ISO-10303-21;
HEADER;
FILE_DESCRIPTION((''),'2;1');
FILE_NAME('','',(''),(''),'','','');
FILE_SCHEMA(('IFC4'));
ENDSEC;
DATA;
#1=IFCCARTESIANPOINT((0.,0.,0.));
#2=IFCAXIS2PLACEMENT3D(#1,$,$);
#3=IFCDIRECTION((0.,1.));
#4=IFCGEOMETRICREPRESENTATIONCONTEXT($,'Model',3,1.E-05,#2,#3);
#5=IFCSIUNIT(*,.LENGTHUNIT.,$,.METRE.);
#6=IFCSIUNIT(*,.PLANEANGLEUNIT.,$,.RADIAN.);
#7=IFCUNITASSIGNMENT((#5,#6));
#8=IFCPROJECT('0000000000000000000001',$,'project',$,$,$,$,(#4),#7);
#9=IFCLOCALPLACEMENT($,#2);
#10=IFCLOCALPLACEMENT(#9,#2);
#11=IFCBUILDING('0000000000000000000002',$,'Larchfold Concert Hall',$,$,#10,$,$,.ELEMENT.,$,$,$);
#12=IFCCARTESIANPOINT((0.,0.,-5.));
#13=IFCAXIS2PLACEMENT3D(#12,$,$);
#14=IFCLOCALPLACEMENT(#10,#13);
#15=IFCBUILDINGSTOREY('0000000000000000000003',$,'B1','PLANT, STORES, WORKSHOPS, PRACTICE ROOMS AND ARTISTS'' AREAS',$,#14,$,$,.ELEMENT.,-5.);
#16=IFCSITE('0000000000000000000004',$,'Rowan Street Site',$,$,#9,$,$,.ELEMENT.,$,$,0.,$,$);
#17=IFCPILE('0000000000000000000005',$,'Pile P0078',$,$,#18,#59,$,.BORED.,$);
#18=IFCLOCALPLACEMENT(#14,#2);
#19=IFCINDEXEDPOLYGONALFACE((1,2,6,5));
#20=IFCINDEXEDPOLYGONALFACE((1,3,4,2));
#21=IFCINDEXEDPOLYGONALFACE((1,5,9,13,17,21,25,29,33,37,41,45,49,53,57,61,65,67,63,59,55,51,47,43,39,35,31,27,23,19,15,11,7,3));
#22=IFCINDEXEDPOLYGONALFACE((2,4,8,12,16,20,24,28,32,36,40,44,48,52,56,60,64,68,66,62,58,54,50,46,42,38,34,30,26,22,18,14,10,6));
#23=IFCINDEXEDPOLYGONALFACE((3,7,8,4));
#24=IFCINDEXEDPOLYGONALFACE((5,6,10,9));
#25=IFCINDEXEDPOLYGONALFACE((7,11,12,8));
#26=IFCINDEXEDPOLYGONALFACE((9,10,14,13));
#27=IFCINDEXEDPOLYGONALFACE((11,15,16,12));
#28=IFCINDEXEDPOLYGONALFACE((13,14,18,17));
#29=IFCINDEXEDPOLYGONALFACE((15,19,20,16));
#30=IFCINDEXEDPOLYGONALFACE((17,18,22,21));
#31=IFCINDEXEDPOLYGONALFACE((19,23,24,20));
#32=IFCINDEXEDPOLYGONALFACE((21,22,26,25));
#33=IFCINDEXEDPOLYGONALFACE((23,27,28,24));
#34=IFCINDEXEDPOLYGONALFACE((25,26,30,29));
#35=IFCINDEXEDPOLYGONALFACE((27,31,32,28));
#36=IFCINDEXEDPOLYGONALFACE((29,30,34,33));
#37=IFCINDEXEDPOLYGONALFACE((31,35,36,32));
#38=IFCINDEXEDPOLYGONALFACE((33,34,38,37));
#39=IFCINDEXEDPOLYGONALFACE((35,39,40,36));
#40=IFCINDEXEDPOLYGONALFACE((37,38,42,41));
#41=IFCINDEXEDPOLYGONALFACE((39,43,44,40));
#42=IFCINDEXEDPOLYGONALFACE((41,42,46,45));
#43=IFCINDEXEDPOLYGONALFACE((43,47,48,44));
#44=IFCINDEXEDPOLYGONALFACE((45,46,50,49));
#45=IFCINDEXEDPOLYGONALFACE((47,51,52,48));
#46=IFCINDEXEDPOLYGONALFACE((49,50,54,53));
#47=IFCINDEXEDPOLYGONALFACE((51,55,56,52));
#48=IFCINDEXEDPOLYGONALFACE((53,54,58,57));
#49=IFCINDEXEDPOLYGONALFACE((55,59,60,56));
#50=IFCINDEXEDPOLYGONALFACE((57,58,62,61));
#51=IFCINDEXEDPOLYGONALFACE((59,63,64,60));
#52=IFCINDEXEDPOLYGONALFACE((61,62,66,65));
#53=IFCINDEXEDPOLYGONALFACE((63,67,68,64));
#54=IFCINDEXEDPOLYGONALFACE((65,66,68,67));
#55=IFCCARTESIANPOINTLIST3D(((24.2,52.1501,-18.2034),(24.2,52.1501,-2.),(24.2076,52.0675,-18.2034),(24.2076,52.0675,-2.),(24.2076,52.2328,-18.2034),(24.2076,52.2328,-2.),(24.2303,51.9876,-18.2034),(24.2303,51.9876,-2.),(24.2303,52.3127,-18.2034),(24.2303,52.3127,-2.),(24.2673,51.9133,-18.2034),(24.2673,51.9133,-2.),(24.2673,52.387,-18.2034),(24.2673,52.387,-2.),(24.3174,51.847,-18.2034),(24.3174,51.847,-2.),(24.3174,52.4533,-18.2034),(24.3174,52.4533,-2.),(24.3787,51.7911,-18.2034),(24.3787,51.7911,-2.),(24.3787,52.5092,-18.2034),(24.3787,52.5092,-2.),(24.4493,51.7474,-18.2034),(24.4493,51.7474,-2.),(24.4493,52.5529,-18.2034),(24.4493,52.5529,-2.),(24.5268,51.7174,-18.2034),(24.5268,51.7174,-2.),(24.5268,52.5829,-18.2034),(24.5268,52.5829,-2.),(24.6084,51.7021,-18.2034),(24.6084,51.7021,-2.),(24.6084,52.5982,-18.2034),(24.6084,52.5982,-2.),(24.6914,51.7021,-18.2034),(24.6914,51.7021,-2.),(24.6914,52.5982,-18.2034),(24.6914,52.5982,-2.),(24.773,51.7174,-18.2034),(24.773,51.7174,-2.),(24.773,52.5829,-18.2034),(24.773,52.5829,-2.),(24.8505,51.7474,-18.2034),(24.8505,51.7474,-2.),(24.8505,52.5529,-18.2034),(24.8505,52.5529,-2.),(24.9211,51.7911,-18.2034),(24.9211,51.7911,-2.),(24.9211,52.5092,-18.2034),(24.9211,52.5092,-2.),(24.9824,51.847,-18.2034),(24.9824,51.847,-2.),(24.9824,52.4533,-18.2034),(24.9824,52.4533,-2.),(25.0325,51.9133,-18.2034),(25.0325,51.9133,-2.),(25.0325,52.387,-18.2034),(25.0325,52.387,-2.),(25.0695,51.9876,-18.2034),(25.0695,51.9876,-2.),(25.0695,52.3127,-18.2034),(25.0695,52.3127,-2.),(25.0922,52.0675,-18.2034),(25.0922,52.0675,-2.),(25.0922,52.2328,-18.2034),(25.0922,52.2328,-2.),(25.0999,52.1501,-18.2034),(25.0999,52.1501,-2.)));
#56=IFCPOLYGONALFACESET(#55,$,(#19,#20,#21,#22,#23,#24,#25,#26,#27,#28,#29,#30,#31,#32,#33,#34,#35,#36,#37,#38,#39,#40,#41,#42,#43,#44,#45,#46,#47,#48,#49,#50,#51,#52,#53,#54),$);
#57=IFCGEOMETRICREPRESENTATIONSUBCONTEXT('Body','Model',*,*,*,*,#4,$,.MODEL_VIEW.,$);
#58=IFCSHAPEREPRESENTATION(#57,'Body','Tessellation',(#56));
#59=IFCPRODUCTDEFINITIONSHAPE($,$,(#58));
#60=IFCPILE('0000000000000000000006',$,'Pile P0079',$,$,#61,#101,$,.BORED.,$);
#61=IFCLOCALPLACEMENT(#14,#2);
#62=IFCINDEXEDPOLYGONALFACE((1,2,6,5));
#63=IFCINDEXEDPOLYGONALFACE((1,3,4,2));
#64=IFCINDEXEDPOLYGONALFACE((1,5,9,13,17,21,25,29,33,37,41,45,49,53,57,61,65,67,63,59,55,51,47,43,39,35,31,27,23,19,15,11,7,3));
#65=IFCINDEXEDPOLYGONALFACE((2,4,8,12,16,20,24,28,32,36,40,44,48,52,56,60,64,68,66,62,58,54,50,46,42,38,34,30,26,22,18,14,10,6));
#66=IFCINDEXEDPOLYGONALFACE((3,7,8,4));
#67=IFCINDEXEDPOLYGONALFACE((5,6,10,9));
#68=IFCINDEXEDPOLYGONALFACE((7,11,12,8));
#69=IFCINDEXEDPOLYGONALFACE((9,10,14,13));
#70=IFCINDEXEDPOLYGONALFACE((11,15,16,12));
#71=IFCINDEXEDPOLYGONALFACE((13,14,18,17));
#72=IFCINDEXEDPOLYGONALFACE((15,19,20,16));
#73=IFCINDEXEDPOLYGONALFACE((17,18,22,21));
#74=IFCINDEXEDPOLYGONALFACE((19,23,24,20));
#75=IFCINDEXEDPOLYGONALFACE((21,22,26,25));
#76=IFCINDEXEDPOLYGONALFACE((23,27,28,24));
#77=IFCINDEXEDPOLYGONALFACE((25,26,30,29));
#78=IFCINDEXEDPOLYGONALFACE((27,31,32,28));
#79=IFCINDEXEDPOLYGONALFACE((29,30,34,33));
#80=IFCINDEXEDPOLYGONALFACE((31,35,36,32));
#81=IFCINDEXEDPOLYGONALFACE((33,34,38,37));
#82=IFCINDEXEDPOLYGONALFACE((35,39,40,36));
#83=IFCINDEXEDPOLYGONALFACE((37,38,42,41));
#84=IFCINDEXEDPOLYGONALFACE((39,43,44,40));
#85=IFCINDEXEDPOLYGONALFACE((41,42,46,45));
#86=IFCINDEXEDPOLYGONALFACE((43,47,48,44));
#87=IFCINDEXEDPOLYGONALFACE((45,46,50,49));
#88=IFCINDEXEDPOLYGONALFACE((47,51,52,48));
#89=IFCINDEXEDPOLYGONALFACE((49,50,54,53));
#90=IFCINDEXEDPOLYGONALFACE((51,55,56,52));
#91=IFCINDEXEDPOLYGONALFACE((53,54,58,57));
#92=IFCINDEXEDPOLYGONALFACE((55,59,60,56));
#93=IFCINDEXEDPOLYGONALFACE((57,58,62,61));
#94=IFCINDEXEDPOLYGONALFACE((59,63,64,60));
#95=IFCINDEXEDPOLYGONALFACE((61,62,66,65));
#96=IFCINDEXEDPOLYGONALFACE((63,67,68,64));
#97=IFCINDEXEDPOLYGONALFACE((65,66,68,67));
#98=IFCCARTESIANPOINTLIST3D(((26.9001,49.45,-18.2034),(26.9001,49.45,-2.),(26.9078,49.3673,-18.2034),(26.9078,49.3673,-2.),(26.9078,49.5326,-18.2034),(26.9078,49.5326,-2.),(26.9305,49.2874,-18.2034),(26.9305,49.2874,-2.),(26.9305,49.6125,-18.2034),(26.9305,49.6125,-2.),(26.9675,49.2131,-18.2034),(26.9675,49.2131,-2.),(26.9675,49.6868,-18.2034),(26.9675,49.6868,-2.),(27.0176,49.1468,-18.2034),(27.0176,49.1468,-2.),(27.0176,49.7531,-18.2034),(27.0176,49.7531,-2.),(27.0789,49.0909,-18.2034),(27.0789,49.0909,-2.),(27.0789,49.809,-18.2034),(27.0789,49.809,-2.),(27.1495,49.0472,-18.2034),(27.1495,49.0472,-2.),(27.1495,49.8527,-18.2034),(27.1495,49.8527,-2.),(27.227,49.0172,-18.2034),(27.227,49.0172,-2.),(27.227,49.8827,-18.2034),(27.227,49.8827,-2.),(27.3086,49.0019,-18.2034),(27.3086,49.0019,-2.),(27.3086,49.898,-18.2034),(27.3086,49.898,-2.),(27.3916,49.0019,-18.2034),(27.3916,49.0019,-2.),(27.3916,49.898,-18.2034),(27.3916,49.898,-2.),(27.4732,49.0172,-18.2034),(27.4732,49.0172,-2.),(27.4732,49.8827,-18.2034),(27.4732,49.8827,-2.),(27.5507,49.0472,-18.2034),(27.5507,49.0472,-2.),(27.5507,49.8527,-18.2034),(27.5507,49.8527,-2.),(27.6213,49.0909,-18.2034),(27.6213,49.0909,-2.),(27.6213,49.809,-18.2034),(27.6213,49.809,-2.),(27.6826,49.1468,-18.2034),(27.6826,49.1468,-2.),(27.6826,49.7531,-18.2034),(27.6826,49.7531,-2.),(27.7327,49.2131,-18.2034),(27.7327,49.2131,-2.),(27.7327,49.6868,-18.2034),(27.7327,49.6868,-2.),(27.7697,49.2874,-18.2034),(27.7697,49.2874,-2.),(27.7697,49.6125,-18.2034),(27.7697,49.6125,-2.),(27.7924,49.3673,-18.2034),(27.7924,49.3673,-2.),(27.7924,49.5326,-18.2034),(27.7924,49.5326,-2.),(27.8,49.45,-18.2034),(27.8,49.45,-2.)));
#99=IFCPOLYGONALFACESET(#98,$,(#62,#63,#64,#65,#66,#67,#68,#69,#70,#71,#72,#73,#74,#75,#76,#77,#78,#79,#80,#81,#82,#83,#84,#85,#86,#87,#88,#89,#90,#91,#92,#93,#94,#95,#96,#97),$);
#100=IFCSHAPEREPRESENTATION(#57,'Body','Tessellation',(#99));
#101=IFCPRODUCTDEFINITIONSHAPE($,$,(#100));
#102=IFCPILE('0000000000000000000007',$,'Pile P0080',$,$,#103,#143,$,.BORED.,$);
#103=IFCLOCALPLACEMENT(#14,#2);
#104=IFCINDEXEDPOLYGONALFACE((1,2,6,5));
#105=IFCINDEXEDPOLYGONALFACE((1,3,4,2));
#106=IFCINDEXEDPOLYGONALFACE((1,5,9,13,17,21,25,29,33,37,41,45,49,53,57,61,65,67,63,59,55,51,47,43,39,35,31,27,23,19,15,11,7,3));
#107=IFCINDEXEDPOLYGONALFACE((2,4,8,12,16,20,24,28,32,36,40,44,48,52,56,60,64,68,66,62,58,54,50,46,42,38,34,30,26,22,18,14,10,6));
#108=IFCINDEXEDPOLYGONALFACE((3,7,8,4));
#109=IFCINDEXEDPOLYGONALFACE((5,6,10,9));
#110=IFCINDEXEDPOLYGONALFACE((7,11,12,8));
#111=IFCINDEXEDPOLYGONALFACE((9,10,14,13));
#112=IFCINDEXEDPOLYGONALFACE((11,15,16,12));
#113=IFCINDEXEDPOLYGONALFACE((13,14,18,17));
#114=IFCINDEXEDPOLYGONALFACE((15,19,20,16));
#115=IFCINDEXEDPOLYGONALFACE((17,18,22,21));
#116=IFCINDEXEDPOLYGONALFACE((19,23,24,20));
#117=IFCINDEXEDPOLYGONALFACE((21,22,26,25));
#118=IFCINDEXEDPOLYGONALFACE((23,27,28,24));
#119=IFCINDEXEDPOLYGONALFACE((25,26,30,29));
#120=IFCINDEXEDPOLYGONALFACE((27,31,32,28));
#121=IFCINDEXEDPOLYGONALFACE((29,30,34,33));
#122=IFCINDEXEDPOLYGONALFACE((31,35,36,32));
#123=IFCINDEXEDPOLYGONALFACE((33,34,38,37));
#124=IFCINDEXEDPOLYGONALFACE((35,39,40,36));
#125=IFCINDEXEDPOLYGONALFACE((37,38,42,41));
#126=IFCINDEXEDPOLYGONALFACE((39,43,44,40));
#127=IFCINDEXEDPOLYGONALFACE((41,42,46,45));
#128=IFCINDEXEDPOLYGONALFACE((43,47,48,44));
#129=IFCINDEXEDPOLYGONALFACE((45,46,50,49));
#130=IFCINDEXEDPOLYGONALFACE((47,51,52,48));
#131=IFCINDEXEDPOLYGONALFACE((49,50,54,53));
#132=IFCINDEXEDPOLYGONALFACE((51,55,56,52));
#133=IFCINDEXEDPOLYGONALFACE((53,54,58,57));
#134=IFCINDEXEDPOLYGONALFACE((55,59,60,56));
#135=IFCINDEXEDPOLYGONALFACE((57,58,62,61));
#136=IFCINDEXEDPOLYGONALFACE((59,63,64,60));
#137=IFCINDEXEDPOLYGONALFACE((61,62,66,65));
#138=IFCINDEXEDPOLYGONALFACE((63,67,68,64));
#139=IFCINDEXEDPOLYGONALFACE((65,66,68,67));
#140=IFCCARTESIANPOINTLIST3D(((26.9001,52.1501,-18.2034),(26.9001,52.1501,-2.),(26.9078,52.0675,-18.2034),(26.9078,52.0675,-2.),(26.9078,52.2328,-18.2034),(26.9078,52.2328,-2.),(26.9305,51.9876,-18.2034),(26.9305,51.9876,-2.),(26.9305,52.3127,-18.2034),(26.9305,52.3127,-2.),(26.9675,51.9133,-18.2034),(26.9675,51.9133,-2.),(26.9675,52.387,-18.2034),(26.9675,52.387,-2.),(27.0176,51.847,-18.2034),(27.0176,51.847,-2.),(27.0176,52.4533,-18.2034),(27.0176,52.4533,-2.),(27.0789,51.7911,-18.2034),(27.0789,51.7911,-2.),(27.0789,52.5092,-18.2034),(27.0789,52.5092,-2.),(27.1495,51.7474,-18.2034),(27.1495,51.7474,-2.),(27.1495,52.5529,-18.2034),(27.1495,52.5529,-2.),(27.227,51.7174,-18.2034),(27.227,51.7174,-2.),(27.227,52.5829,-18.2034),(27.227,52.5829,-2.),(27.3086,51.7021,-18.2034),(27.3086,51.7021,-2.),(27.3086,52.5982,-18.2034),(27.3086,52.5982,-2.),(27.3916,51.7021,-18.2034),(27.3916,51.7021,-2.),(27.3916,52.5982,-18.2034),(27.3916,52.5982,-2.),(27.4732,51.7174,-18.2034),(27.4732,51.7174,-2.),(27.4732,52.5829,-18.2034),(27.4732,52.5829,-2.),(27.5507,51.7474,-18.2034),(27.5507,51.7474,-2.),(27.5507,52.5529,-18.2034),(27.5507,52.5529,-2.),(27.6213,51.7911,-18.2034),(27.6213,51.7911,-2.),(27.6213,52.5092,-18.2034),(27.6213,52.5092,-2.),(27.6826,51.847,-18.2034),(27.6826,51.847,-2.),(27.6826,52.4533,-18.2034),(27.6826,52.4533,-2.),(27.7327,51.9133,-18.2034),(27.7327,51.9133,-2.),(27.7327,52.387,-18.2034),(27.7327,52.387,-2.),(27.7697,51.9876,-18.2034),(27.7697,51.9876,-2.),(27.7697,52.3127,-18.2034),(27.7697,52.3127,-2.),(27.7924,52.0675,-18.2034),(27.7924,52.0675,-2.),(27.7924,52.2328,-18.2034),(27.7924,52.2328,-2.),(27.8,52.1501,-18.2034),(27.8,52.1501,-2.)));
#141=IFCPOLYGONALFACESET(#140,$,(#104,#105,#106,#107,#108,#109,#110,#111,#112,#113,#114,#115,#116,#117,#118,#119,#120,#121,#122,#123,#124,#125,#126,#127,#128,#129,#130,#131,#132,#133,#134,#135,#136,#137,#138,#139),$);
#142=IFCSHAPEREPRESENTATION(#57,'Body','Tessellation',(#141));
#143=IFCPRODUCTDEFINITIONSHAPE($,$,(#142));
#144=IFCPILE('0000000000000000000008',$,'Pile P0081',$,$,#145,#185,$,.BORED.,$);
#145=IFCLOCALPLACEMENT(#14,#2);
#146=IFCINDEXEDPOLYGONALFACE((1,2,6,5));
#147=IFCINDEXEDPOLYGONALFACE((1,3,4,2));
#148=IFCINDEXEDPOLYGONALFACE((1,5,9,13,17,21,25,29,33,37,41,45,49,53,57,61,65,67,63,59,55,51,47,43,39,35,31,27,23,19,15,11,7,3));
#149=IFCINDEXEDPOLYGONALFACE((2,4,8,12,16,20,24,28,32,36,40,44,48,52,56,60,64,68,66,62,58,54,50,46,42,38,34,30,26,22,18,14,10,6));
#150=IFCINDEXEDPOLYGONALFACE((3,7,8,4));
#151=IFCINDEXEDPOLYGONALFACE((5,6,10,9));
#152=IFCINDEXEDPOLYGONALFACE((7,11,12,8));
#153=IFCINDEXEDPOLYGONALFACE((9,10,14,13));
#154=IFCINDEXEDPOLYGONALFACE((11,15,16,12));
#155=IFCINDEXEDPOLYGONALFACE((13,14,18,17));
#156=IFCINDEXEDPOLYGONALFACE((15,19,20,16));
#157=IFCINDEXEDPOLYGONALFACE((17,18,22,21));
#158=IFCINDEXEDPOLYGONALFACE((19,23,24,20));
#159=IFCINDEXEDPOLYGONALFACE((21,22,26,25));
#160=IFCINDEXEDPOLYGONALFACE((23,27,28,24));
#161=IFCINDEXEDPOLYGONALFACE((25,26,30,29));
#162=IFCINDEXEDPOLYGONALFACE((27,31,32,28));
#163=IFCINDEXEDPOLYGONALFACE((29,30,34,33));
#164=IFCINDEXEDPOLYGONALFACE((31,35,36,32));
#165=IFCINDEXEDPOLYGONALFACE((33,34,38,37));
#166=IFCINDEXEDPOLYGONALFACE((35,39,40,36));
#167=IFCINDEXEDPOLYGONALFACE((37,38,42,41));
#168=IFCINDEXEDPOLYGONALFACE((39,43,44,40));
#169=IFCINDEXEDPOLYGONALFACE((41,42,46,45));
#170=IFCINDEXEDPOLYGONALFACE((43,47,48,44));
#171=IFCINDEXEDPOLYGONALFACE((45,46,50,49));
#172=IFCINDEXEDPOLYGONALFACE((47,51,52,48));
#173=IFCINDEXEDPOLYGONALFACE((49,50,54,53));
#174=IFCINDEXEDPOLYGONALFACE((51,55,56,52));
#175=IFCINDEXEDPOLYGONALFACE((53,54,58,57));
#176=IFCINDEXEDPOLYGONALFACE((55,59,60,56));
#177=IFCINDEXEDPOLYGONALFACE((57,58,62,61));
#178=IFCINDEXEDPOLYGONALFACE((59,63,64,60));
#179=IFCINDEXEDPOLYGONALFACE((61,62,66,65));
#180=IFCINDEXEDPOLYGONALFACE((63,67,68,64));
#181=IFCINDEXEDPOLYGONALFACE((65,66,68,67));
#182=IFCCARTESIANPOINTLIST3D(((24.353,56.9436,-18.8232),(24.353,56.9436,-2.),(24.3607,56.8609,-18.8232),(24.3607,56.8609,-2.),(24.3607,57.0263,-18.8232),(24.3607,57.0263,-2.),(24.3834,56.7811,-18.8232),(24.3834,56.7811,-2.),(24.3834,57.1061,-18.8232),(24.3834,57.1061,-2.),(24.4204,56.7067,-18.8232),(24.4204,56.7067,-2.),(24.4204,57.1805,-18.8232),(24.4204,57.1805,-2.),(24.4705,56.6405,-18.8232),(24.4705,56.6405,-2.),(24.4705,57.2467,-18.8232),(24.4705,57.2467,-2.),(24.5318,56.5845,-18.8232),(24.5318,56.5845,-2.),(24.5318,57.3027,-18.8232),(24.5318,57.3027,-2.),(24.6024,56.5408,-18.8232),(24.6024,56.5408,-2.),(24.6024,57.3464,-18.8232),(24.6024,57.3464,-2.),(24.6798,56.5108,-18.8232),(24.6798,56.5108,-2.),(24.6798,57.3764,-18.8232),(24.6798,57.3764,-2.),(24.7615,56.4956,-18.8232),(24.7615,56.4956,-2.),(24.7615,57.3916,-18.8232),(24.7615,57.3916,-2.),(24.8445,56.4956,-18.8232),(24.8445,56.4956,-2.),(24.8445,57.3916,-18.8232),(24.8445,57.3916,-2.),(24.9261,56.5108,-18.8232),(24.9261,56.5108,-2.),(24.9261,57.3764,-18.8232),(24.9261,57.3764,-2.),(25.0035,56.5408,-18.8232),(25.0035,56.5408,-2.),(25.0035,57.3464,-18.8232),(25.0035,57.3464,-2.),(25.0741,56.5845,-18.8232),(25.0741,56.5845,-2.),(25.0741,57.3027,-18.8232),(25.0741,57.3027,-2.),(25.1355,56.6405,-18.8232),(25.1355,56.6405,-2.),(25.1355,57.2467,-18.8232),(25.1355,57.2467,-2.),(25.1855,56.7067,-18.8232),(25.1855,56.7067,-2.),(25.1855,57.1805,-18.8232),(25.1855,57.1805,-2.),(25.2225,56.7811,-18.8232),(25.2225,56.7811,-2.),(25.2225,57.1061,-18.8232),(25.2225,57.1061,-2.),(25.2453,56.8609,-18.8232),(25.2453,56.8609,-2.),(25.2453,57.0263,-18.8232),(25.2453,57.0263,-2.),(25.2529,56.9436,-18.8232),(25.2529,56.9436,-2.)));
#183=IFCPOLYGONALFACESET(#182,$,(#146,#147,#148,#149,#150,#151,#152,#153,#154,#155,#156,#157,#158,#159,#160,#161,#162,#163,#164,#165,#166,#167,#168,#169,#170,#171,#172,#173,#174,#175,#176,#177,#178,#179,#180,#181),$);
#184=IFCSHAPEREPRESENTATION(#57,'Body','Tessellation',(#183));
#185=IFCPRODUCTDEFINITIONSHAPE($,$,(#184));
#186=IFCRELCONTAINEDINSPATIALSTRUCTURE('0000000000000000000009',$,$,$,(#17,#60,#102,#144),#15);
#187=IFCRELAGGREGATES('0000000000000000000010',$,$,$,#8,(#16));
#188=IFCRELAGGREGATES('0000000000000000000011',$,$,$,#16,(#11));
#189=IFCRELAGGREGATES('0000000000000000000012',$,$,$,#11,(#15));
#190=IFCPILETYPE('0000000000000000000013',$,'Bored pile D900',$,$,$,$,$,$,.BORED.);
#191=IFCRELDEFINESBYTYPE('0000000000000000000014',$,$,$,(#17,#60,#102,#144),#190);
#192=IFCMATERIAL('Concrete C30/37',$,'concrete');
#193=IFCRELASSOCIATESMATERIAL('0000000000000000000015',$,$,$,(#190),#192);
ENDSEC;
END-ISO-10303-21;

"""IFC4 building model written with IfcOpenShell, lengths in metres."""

from ifc_helpers import new_model, si_unit, direction, frame, origin, origin_2d, place, context, subcontext, project, spatial, circle, extrude, material, material_profile, profile_set, type_object, element, save


model = new_model("IFC4")

# Units and contexts
model_context = context("Model", 3, precision=1e-05, world=origin(), true_north=direction((0.0, 1.0)))
body_context = subcontext(model_context, "Body", "Model", "MODEL_VIEW")
ifc_project = project(units=[si_unit("LENGTHUNIT", "METRE"), si_unit("PLANEANGLEUNIT", "RADIAN")], contexts=[model_context])

# Site, building, storey
site_placement = place(None, origin())
site = spatial("IfcSite", under=ifc_project, at=site_placement, Name="Rowan Street Site", CompositionType="ELEMENT", RefElevation=0.0)
building_placement = place(site_placement, origin())
building = spatial("IfcBuilding", under=site, at=building_placement, Name="Larchfold Concert Hall", CompositionType="ELEMENT")
storey_placement = place(building_placement, frame((0.0, 0.0, -5.0)))
storey = spatial("IfcBuildingStorey", under=building, at=storey_placement, Name="B1", Description="PLANT, STORES, WORKSHOPS, PRACTICE ROOMS AND ARTISTS' AREAS", CompositionType="ELEMENT", Elevation=-5.0)

# Piles
ifc_material_1 = material(Name="Concrete C30/37", Category="concrete")
ifc_material_profile_1 = material_profile(ifc_material_1, circle(Radius=0.45, at=origin_2d()))
ifc_profile_set_1 = profile_set([ifc_material_profile_1], Name="Concrete C30/37")
pile_type_1 = type_object("IfcPileType", Name="Bored pile D900", PredefinedType="BORED", material=ifc_profile_set_1)
for number, where, z_axis, x_axis, name in (
    (1, (24.6499, 52.1501, -2.0), (0.0, 0.0, -1.0), (1.0, 0.0, 0.0), "Pile P0078"),
    (2, (27.3501, 49.45, -2.0), (0.0, 0.0, -1.0), (1.0, 0.0, 0.0), "Pile P0079"),
    (3, (27.3501, 52.1501, -2.0), (0.0, 0.0, -1.0), (1.0, 0.0, 0.0), "Pile P0080"),
):
    element("IfcPile", number, at=place(storey_placement, frame(where, z_axis=z_axis, x_axis=x_axis)), inside=storey, type_object=pile_type_1, Name=name, PredefinedType="BORED", context=body_context, shape_type="SweptSolid", body=[
        extrude(circle(Radius=0.45, at=origin_2d()), origin(), (0.0, 0.0, 1.0), 16.2034),
    ])
for number, where, z_axis, x_axis, name in (
    (4, (24.803, 56.9436, -2.0), (0.0, 0.0, -1.0), (1.0, 0.0, 0.0), "Pile P0081"),
):
    element("IfcPile", number, at=place(storey_placement, frame(where, z_axis=z_axis, x_axis=x_axis)), inside=storey, type_object=pile_type_1, Name=name, PredefinedType="BORED", context=body_context, shape_type="SweptSolid", body=[
        extrude(circle(Radius=0.45, at=origin_2d()), origin(), (0.0, 0.0, 1.0), 16.8232),
    ])

save(model, "model.ifc")
